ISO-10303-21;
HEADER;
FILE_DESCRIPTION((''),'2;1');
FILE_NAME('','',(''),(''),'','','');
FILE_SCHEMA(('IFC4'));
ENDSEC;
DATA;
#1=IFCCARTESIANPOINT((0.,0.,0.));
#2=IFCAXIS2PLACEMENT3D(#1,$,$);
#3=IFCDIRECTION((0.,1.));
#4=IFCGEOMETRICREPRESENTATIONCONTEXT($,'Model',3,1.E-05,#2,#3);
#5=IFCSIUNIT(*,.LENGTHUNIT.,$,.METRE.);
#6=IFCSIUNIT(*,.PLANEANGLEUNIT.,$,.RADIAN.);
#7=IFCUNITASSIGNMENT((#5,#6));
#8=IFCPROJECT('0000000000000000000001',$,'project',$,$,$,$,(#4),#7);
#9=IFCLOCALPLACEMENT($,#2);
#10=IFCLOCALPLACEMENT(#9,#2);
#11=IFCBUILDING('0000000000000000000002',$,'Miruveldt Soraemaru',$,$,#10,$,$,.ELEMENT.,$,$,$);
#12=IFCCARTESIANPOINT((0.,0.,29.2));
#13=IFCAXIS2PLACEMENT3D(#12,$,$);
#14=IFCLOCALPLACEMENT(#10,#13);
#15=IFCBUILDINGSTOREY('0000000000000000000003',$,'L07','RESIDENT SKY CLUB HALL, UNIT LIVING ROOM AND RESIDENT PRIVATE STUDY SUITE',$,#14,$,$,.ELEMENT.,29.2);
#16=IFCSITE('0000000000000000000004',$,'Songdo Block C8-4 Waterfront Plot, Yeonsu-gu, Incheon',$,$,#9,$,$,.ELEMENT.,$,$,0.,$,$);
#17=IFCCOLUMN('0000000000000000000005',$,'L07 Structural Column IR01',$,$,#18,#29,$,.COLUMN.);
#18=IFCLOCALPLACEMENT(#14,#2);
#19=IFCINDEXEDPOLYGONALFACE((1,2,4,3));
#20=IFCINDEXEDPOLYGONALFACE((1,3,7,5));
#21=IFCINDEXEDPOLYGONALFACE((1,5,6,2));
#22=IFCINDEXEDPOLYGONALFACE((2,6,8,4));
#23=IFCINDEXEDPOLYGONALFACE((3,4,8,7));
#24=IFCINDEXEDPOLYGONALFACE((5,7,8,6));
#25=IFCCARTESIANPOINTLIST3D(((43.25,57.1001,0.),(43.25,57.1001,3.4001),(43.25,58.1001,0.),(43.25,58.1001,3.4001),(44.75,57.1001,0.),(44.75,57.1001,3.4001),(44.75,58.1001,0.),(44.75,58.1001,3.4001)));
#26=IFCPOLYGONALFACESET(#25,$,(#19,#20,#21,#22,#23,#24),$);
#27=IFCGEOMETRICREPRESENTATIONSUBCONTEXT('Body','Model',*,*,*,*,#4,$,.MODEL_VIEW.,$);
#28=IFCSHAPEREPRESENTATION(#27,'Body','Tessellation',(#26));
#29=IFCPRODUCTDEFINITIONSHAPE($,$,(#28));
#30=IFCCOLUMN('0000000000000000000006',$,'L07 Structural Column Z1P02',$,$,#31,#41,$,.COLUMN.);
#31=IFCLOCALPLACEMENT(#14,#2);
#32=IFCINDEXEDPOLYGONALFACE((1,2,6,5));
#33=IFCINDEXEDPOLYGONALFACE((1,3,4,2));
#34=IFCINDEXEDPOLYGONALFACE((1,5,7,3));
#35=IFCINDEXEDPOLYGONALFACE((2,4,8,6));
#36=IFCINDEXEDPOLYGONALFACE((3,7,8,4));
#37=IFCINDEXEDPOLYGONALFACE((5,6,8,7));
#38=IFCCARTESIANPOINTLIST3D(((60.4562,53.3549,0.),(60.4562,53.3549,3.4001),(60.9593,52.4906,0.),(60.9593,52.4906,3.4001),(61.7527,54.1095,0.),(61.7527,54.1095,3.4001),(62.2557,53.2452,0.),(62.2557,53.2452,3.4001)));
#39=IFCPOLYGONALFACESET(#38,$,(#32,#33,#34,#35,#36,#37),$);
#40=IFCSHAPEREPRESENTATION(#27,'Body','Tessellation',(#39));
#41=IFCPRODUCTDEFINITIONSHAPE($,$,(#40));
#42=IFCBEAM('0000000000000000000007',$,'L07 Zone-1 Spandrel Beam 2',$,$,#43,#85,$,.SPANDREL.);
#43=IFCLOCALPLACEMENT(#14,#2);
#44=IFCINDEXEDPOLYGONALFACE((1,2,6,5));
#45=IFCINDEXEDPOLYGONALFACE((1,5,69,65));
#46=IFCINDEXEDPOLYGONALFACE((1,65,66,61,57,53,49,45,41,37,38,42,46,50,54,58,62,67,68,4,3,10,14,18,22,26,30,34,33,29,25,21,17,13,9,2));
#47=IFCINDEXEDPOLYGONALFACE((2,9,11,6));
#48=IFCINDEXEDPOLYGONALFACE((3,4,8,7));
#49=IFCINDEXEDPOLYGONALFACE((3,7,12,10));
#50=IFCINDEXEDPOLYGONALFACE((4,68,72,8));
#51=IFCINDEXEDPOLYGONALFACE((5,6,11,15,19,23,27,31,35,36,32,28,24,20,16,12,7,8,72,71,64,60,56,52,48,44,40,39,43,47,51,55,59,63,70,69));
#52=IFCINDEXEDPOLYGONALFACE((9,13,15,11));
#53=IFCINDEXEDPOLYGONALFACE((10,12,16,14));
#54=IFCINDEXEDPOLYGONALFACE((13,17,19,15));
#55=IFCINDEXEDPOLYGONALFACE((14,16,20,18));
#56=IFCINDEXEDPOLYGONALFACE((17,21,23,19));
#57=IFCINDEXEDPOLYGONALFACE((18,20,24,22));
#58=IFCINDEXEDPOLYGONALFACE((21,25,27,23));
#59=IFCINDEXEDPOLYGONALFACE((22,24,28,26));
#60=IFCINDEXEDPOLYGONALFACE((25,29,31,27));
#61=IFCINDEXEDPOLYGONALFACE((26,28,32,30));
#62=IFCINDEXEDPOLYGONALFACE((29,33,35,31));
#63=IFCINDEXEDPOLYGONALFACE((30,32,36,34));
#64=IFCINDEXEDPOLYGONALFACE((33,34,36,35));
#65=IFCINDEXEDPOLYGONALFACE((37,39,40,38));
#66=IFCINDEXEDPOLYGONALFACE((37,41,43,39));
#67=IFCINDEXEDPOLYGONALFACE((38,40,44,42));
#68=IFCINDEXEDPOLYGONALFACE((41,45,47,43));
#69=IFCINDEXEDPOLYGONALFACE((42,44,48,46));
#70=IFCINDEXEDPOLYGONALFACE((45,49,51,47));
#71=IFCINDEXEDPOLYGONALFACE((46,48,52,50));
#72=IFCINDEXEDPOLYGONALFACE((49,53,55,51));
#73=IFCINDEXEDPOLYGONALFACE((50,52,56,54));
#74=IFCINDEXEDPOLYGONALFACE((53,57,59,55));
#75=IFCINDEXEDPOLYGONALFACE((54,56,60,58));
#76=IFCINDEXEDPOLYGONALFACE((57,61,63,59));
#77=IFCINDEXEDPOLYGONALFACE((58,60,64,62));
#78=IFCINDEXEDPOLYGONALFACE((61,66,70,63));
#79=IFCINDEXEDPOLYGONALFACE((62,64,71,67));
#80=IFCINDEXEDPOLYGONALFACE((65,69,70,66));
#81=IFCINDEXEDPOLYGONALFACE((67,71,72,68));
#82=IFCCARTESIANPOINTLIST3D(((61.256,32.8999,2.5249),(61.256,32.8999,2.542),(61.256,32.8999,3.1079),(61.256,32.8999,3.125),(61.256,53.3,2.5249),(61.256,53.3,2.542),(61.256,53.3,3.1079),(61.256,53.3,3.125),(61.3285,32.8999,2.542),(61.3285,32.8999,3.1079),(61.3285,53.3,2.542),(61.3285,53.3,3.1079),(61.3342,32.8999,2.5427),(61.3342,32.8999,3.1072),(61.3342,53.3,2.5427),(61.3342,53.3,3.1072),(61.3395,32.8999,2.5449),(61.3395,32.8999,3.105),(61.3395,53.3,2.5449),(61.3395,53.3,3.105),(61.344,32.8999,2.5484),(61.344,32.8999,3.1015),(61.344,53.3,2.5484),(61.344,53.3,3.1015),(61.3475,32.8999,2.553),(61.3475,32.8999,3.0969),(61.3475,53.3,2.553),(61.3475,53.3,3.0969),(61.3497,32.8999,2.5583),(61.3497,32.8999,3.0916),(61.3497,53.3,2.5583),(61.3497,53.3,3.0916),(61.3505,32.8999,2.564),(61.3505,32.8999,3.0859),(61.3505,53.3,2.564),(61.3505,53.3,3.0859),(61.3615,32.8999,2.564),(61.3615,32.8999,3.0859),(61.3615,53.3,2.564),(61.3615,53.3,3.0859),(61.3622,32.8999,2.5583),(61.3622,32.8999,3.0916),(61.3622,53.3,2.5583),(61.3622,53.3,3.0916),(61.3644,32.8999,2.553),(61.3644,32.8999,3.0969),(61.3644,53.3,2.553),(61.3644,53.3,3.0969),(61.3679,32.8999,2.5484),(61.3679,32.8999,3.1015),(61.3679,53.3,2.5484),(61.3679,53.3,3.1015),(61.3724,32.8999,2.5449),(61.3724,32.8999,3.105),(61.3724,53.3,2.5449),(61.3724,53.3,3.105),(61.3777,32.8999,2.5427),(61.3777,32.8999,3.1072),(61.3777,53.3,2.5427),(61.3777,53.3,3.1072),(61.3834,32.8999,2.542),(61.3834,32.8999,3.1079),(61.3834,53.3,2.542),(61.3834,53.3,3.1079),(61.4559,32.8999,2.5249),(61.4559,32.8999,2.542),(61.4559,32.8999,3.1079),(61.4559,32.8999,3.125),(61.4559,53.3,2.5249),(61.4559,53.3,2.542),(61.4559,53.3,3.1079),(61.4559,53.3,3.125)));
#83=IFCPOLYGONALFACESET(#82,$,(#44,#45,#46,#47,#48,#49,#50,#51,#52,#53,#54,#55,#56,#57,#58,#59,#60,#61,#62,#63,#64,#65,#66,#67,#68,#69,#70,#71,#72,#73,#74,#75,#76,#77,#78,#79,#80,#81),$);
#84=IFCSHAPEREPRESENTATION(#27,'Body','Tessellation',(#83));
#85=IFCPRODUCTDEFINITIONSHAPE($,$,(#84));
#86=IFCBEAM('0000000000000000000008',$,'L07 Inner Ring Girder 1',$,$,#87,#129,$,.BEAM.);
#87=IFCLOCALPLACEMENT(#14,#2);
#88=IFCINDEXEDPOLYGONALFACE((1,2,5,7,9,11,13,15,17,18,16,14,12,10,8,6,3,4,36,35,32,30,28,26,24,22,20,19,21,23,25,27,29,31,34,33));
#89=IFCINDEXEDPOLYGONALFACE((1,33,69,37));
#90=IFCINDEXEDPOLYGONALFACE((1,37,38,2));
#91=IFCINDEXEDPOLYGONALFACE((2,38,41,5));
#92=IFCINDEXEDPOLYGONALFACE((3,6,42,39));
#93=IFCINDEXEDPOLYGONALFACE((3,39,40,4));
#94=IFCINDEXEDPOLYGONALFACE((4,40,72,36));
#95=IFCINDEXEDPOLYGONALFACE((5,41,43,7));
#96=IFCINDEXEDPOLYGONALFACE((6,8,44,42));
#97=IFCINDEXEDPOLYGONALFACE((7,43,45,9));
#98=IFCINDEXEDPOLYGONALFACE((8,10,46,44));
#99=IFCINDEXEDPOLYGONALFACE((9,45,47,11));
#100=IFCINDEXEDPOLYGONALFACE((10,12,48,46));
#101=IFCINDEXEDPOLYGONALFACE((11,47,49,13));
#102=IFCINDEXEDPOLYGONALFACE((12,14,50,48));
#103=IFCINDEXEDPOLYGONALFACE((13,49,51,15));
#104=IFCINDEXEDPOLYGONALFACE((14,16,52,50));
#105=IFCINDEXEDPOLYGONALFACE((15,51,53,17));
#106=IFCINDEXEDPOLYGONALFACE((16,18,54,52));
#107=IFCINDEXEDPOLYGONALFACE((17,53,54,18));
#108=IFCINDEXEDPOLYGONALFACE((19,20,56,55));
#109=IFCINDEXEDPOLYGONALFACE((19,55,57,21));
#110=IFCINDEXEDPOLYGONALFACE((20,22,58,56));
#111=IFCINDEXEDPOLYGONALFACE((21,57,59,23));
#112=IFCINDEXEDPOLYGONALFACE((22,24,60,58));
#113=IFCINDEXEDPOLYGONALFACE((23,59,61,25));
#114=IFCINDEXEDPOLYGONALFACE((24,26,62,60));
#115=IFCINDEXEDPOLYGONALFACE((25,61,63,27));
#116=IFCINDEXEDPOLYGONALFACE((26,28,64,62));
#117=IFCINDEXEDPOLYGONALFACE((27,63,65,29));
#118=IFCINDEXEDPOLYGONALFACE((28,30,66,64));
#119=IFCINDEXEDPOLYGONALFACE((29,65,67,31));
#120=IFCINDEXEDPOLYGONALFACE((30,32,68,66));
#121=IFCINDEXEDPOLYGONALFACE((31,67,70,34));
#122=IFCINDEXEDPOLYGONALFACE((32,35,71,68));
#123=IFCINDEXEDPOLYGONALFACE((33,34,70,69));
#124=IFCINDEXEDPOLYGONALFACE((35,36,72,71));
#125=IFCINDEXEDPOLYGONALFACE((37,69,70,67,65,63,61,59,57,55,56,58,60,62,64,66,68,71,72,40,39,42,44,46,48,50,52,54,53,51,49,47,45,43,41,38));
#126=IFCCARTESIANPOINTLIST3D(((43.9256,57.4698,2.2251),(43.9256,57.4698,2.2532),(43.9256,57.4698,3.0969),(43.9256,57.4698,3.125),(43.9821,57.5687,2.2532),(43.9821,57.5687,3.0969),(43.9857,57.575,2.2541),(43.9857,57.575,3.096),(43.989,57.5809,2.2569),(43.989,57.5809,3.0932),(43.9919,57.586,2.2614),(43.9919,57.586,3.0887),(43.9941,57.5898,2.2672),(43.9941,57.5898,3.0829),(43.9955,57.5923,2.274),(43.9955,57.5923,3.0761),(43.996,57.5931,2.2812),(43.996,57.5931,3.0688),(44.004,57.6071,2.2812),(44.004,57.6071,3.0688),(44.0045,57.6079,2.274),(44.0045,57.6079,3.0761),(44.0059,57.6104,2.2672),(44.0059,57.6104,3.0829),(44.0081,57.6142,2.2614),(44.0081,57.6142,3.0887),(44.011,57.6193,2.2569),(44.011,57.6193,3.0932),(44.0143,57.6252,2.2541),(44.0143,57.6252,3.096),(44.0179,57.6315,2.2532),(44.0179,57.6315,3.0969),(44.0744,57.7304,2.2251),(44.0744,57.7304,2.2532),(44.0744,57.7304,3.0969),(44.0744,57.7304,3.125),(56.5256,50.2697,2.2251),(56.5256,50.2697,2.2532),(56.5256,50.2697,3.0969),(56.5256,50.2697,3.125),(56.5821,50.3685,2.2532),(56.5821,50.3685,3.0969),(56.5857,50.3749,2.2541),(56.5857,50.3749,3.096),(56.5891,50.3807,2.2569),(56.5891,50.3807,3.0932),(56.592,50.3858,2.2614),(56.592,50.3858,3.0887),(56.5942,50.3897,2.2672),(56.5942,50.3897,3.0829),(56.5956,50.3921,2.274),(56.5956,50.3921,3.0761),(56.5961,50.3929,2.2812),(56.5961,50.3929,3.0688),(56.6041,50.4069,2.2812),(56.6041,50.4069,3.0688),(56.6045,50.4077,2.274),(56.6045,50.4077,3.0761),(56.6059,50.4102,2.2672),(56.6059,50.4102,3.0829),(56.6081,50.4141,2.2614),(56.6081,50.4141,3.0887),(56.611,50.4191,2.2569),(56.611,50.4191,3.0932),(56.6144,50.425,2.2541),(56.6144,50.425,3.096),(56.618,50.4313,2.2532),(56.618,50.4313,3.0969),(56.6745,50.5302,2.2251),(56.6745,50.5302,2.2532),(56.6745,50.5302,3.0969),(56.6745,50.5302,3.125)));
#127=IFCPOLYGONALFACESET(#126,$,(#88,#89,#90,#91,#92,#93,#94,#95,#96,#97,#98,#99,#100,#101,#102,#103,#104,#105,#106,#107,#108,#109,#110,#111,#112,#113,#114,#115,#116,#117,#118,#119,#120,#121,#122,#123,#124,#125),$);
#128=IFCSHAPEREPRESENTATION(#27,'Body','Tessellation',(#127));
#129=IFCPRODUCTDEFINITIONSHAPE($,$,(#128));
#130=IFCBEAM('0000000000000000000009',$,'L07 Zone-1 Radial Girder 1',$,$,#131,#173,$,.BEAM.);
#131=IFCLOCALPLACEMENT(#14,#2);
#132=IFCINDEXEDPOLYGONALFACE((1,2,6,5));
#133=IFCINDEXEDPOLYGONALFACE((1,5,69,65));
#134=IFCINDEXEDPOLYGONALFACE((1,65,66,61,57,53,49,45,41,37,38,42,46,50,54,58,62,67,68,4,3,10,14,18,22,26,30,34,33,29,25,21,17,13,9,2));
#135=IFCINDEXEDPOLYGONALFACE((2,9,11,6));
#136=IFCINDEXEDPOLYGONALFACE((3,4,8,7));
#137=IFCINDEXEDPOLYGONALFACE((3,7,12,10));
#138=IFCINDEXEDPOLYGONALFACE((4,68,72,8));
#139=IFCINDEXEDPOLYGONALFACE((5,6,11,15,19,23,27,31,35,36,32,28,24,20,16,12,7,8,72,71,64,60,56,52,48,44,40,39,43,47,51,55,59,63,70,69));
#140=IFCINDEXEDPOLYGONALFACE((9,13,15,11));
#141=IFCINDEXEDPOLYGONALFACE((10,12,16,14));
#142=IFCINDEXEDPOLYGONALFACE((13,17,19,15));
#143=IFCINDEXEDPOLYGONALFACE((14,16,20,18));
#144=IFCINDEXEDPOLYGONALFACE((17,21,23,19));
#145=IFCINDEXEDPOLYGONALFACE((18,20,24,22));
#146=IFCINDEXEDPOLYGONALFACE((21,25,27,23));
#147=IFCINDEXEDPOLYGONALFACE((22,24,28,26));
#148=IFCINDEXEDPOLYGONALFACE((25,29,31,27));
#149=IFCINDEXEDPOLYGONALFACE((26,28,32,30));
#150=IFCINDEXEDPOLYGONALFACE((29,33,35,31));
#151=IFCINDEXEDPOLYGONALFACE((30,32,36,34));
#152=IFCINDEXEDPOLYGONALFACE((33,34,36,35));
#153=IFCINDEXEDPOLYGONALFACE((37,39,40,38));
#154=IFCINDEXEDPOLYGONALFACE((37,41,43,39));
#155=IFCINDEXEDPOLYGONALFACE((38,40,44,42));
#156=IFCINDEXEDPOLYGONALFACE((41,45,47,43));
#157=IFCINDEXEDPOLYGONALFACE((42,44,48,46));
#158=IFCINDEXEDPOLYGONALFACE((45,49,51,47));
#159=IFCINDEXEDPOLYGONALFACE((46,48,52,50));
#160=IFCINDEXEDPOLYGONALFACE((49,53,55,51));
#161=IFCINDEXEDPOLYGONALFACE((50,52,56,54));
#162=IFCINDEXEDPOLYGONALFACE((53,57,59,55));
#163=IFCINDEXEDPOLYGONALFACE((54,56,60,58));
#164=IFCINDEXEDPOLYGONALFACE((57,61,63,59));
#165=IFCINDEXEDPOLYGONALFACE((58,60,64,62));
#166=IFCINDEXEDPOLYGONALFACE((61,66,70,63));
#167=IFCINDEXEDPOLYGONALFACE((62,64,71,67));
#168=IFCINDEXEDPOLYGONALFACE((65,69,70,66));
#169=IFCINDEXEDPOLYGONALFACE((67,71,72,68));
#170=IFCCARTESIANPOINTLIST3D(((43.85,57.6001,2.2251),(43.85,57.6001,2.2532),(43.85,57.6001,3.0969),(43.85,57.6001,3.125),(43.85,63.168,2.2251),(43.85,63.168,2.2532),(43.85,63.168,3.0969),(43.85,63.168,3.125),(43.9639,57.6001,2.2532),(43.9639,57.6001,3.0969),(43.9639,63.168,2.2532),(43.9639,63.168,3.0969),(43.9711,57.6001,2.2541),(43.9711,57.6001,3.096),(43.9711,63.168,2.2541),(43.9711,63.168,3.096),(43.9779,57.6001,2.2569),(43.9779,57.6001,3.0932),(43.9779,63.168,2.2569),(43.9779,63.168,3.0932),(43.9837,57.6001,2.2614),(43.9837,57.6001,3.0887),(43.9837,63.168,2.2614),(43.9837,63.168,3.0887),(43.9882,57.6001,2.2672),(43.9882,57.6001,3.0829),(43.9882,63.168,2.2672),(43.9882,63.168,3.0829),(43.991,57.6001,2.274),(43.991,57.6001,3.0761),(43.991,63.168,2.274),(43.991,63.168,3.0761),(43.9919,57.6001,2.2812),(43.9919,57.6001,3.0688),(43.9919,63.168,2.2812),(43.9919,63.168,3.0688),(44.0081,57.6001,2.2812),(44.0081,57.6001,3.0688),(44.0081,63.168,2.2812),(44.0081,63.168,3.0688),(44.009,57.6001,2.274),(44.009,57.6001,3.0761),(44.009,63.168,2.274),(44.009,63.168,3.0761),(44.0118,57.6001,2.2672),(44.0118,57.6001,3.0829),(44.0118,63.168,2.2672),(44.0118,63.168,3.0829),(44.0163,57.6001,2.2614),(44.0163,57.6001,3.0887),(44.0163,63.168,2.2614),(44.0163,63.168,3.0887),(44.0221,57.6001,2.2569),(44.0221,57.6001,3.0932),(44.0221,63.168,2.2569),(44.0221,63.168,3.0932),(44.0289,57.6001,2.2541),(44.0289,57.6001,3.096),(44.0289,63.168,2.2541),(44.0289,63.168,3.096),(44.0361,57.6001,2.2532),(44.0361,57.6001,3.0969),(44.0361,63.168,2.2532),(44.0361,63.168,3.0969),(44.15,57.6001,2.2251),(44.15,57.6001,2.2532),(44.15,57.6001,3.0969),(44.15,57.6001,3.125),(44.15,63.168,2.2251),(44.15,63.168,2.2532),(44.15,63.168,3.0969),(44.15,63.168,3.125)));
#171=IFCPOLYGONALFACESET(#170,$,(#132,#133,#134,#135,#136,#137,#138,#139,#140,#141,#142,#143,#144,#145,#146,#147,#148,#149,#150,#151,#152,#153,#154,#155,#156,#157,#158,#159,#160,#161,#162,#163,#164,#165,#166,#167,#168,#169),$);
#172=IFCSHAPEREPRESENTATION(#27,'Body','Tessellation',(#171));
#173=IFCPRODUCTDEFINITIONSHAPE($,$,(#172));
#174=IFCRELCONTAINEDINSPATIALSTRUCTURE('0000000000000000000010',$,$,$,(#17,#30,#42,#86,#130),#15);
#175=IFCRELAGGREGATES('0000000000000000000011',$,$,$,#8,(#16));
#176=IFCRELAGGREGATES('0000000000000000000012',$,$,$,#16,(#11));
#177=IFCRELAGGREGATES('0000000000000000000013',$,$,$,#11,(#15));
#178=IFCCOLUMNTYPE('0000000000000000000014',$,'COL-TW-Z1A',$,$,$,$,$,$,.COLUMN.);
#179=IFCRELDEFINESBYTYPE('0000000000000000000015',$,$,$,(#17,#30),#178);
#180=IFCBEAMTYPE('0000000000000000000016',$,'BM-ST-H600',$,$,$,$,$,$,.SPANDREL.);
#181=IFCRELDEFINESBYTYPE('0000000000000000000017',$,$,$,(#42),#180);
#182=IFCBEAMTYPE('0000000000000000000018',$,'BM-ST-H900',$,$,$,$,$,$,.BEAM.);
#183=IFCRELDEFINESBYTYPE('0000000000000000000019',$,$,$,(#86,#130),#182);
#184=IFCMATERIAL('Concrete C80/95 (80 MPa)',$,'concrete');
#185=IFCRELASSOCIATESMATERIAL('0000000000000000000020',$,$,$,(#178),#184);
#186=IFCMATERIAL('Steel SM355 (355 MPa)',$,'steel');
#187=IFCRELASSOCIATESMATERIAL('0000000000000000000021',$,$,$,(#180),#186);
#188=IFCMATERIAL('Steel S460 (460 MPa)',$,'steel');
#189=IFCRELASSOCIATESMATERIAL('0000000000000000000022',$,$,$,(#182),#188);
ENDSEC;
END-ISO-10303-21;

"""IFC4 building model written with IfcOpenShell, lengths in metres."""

from ifc_helpers import new_model, si_unit, direction, frame, origin, origin_2d, place, context, subcontext, project, spatial, rectangle, i_section, extrude, material, material_profile, profile_set, type_object, element, save


model = new_model("IFC4")

# Units and contexts
model_context = context("Model", 3, precision=1e-05, world=origin(), true_north=direction((0.0, 1.0)))
body_context = subcontext(model_context, "Body", "Model", "MODEL_VIEW")
ifc_project = project(units=[si_unit("LENGTHUNIT", "METRE"), si_unit("PLANEANGLEUNIT", "RADIAN")], contexts=[model_context])

# Site, building, storey
site_placement = place(None, origin())
site = spatial("IfcSite", under=ifc_project, at=site_placement, Name="Songdo Block C8-4 Waterfront Plot, Yeonsu-gu, Incheon", CompositionType="ELEMENT", RefElevation=0.0)
building_placement = place(site_placement, origin())
building = spatial("IfcBuilding", under=site, at=building_placement, Name="Miruveldt Soraemaru", CompositionType="ELEMENT")
storey_placement = place(building_placement, frame((0.0, 0.0, 29.2)))
storey = spatial("IfcBuildingStorey", under=building, at=storey_placement, Name="L07", Description="RESIDENT SKY CLUB HALL, UNIT LIVING ROOM AND RESIDENT PRIVATE STUDY SUITE", CompositionType="ELEMENT", Elevation=29.2)

# Columns
ifc_material_1 = material(Name="Concrete C80/95 (80 MPa)", Category="concrete")
ifc_material_profile_1 = material_profile(ifc_material_1, rectangle(XDim=1.5, YDim=1.0, at=origin_2d()), Name="Concrete C80/95 (80 MPa)", Category="concrete")
ifc_profile_set_1 = profile_set([ifc_material_profile_1], Name="Concrete C80/95 (80 MPa)")
column_type = type_object("IfcColumnType", Name="COL-TW-Z1A", PredefinedType="COLUMN", material=ifc_profile_set_1)
for number, where, z_axis, x_axis, name in (
    (1, (44.0, 57.6001, 0.0), (0.0, 0.0, 1.0), (1.0, 0.0, 0.0), "L07 Structural Column IR01"),
    (2, (61.356, 53.3, 0.0), (0.0, 0.0, 1.0), (0.864275, 0.50302, 0.0), "L07 Structural Column Z1P02"),
):
    element("IfcColumn", number, at=place(storey_placement, frame(where, z_axis=z_axis, x_axis=x_axis)), inside=storey, type_object=column_type, Name=name, PredefinedType="COLUMN", context=body_context, shape_type="SweptSolid", body=[
        extrude(rectangle(XDim=1.5, YDim=1.0, at=origin_2d()), origin(), (0.0, 0.0, 1.0), 3.4001),
    ])

# Beams
ifc_material_2 = material(Name="Steel SM355 (355 MPa)", Category="steel")
ifc_material_profile_2 = material_profile(ifc_material_2, i_section(OverallWidth=0.2, OverallDepth=0.6001, WebThickness=0.011, FlangeThickness=0.0171, FilletRadius=0.022, at=origin_2d()), Name="Steel SM355 (355 MPa)", Category="steel")
ifc_profile_set_2 = profile_set([ifc_material_profile_2], Name="Steel SM355 (355 MPa)")
beam_type_1 = type_object("IfcBeamType", Name="BM-ST-H600", PredefinedType="SPANDREL", material=ifc_profile_set_2)
beam_1_placement = place(storey_placement, frame((61.356, 53.3, 2.825), z_axis=(0.0, -1.0, 0.0), x_axis=(1.0, 0.0, 0.0)))
element("IfcBeam", 3, at=beam_1_placement, inside=storey, type_object=beam_type_1, Name="L07 Zone-1 Spandrel Beam 2", PredefinedType="SPANDREL", context=body_context, shape_type="SweptSolid", body=[
    extrude(i_section(OverallWidth=0.2, OverallDepth=0.6001, WebThickness=0.011, FlangeThickness=0.0171, FilletRadius=0.022, at=origin_2d()), origin(), (0.0, 0.0, 1.0), 20.4001),
])
ifc_material_3 = material(Name="Steel S460 (460 MPa)", Category="steel")
ifc_material_profile_3 = material_profile(ifc_material_3, i_section(OverallWidth=0.3, OverallDepth=0.8999, WebThickness=0.0161, FlangeThickness=0.0281, FilletRadius=0.0281, at=origin_2d()), Name="Steel S460 (460 MPa)", Category="steel")
ifc_profile_set_3 = profile_set([ifc_material_profile_3], Name="Steel S460 (460 MPa)")
beam_type_2 = type_object("IfcBeamType", Name="BM-ST-H900", PredefinedType="BEAM", material=ifc_profile_set_3)
beam_2_placement = place(storey_placement, frame((44.0, 57.6001, 2.675), z_axis=(0.868239, -0.496146, 0.0), x_axis=(0.496146, 0.868239, 0.0)))
element("IfcBeam", 4, at=beam_2_placement, inside=storey, type_object=beam_type_2, Name="L07 Inner Ring Girder 1", PredefinedType="BEAM", context=body_context, shape_type="SweptSolid", body=[
    extrude(i_section(OverallWidth=0.3, OverallDepth=0.8999, WebThickness=0.0161, FlangeThickness=0.0281, FilletRadius=0.0281, at=origin_2d()), origin(), (0.0, 0.0, 1.0), 14.5122),
])
beam_3_placement = place(storey_placement, frame((44.0, 57.6001, 2.675), z_axis=(0.0, 1.0, 0.0), x_axis=(-1.0, 0.0, 0.0)))
element("IfcBeam", 5, at=beam_3_placement, inside=storey, type_object=beam_type_2, Name="L07 Zone-1 Radial Girder 1", PredefinedType="BEAM", context=body_context, shape_type="SweptSolid", body=[
    extrude(i_section(OverallWidth=0.3, OverallDepth=0.8999, WebThickness=0.0161, FlangeThickness=0.0281, FilletRadius=0.0281, at=origin_2d()), origin(), (0.0, 0.0, 1.0), 5.5679),
])

save(model, "model.ifc")
